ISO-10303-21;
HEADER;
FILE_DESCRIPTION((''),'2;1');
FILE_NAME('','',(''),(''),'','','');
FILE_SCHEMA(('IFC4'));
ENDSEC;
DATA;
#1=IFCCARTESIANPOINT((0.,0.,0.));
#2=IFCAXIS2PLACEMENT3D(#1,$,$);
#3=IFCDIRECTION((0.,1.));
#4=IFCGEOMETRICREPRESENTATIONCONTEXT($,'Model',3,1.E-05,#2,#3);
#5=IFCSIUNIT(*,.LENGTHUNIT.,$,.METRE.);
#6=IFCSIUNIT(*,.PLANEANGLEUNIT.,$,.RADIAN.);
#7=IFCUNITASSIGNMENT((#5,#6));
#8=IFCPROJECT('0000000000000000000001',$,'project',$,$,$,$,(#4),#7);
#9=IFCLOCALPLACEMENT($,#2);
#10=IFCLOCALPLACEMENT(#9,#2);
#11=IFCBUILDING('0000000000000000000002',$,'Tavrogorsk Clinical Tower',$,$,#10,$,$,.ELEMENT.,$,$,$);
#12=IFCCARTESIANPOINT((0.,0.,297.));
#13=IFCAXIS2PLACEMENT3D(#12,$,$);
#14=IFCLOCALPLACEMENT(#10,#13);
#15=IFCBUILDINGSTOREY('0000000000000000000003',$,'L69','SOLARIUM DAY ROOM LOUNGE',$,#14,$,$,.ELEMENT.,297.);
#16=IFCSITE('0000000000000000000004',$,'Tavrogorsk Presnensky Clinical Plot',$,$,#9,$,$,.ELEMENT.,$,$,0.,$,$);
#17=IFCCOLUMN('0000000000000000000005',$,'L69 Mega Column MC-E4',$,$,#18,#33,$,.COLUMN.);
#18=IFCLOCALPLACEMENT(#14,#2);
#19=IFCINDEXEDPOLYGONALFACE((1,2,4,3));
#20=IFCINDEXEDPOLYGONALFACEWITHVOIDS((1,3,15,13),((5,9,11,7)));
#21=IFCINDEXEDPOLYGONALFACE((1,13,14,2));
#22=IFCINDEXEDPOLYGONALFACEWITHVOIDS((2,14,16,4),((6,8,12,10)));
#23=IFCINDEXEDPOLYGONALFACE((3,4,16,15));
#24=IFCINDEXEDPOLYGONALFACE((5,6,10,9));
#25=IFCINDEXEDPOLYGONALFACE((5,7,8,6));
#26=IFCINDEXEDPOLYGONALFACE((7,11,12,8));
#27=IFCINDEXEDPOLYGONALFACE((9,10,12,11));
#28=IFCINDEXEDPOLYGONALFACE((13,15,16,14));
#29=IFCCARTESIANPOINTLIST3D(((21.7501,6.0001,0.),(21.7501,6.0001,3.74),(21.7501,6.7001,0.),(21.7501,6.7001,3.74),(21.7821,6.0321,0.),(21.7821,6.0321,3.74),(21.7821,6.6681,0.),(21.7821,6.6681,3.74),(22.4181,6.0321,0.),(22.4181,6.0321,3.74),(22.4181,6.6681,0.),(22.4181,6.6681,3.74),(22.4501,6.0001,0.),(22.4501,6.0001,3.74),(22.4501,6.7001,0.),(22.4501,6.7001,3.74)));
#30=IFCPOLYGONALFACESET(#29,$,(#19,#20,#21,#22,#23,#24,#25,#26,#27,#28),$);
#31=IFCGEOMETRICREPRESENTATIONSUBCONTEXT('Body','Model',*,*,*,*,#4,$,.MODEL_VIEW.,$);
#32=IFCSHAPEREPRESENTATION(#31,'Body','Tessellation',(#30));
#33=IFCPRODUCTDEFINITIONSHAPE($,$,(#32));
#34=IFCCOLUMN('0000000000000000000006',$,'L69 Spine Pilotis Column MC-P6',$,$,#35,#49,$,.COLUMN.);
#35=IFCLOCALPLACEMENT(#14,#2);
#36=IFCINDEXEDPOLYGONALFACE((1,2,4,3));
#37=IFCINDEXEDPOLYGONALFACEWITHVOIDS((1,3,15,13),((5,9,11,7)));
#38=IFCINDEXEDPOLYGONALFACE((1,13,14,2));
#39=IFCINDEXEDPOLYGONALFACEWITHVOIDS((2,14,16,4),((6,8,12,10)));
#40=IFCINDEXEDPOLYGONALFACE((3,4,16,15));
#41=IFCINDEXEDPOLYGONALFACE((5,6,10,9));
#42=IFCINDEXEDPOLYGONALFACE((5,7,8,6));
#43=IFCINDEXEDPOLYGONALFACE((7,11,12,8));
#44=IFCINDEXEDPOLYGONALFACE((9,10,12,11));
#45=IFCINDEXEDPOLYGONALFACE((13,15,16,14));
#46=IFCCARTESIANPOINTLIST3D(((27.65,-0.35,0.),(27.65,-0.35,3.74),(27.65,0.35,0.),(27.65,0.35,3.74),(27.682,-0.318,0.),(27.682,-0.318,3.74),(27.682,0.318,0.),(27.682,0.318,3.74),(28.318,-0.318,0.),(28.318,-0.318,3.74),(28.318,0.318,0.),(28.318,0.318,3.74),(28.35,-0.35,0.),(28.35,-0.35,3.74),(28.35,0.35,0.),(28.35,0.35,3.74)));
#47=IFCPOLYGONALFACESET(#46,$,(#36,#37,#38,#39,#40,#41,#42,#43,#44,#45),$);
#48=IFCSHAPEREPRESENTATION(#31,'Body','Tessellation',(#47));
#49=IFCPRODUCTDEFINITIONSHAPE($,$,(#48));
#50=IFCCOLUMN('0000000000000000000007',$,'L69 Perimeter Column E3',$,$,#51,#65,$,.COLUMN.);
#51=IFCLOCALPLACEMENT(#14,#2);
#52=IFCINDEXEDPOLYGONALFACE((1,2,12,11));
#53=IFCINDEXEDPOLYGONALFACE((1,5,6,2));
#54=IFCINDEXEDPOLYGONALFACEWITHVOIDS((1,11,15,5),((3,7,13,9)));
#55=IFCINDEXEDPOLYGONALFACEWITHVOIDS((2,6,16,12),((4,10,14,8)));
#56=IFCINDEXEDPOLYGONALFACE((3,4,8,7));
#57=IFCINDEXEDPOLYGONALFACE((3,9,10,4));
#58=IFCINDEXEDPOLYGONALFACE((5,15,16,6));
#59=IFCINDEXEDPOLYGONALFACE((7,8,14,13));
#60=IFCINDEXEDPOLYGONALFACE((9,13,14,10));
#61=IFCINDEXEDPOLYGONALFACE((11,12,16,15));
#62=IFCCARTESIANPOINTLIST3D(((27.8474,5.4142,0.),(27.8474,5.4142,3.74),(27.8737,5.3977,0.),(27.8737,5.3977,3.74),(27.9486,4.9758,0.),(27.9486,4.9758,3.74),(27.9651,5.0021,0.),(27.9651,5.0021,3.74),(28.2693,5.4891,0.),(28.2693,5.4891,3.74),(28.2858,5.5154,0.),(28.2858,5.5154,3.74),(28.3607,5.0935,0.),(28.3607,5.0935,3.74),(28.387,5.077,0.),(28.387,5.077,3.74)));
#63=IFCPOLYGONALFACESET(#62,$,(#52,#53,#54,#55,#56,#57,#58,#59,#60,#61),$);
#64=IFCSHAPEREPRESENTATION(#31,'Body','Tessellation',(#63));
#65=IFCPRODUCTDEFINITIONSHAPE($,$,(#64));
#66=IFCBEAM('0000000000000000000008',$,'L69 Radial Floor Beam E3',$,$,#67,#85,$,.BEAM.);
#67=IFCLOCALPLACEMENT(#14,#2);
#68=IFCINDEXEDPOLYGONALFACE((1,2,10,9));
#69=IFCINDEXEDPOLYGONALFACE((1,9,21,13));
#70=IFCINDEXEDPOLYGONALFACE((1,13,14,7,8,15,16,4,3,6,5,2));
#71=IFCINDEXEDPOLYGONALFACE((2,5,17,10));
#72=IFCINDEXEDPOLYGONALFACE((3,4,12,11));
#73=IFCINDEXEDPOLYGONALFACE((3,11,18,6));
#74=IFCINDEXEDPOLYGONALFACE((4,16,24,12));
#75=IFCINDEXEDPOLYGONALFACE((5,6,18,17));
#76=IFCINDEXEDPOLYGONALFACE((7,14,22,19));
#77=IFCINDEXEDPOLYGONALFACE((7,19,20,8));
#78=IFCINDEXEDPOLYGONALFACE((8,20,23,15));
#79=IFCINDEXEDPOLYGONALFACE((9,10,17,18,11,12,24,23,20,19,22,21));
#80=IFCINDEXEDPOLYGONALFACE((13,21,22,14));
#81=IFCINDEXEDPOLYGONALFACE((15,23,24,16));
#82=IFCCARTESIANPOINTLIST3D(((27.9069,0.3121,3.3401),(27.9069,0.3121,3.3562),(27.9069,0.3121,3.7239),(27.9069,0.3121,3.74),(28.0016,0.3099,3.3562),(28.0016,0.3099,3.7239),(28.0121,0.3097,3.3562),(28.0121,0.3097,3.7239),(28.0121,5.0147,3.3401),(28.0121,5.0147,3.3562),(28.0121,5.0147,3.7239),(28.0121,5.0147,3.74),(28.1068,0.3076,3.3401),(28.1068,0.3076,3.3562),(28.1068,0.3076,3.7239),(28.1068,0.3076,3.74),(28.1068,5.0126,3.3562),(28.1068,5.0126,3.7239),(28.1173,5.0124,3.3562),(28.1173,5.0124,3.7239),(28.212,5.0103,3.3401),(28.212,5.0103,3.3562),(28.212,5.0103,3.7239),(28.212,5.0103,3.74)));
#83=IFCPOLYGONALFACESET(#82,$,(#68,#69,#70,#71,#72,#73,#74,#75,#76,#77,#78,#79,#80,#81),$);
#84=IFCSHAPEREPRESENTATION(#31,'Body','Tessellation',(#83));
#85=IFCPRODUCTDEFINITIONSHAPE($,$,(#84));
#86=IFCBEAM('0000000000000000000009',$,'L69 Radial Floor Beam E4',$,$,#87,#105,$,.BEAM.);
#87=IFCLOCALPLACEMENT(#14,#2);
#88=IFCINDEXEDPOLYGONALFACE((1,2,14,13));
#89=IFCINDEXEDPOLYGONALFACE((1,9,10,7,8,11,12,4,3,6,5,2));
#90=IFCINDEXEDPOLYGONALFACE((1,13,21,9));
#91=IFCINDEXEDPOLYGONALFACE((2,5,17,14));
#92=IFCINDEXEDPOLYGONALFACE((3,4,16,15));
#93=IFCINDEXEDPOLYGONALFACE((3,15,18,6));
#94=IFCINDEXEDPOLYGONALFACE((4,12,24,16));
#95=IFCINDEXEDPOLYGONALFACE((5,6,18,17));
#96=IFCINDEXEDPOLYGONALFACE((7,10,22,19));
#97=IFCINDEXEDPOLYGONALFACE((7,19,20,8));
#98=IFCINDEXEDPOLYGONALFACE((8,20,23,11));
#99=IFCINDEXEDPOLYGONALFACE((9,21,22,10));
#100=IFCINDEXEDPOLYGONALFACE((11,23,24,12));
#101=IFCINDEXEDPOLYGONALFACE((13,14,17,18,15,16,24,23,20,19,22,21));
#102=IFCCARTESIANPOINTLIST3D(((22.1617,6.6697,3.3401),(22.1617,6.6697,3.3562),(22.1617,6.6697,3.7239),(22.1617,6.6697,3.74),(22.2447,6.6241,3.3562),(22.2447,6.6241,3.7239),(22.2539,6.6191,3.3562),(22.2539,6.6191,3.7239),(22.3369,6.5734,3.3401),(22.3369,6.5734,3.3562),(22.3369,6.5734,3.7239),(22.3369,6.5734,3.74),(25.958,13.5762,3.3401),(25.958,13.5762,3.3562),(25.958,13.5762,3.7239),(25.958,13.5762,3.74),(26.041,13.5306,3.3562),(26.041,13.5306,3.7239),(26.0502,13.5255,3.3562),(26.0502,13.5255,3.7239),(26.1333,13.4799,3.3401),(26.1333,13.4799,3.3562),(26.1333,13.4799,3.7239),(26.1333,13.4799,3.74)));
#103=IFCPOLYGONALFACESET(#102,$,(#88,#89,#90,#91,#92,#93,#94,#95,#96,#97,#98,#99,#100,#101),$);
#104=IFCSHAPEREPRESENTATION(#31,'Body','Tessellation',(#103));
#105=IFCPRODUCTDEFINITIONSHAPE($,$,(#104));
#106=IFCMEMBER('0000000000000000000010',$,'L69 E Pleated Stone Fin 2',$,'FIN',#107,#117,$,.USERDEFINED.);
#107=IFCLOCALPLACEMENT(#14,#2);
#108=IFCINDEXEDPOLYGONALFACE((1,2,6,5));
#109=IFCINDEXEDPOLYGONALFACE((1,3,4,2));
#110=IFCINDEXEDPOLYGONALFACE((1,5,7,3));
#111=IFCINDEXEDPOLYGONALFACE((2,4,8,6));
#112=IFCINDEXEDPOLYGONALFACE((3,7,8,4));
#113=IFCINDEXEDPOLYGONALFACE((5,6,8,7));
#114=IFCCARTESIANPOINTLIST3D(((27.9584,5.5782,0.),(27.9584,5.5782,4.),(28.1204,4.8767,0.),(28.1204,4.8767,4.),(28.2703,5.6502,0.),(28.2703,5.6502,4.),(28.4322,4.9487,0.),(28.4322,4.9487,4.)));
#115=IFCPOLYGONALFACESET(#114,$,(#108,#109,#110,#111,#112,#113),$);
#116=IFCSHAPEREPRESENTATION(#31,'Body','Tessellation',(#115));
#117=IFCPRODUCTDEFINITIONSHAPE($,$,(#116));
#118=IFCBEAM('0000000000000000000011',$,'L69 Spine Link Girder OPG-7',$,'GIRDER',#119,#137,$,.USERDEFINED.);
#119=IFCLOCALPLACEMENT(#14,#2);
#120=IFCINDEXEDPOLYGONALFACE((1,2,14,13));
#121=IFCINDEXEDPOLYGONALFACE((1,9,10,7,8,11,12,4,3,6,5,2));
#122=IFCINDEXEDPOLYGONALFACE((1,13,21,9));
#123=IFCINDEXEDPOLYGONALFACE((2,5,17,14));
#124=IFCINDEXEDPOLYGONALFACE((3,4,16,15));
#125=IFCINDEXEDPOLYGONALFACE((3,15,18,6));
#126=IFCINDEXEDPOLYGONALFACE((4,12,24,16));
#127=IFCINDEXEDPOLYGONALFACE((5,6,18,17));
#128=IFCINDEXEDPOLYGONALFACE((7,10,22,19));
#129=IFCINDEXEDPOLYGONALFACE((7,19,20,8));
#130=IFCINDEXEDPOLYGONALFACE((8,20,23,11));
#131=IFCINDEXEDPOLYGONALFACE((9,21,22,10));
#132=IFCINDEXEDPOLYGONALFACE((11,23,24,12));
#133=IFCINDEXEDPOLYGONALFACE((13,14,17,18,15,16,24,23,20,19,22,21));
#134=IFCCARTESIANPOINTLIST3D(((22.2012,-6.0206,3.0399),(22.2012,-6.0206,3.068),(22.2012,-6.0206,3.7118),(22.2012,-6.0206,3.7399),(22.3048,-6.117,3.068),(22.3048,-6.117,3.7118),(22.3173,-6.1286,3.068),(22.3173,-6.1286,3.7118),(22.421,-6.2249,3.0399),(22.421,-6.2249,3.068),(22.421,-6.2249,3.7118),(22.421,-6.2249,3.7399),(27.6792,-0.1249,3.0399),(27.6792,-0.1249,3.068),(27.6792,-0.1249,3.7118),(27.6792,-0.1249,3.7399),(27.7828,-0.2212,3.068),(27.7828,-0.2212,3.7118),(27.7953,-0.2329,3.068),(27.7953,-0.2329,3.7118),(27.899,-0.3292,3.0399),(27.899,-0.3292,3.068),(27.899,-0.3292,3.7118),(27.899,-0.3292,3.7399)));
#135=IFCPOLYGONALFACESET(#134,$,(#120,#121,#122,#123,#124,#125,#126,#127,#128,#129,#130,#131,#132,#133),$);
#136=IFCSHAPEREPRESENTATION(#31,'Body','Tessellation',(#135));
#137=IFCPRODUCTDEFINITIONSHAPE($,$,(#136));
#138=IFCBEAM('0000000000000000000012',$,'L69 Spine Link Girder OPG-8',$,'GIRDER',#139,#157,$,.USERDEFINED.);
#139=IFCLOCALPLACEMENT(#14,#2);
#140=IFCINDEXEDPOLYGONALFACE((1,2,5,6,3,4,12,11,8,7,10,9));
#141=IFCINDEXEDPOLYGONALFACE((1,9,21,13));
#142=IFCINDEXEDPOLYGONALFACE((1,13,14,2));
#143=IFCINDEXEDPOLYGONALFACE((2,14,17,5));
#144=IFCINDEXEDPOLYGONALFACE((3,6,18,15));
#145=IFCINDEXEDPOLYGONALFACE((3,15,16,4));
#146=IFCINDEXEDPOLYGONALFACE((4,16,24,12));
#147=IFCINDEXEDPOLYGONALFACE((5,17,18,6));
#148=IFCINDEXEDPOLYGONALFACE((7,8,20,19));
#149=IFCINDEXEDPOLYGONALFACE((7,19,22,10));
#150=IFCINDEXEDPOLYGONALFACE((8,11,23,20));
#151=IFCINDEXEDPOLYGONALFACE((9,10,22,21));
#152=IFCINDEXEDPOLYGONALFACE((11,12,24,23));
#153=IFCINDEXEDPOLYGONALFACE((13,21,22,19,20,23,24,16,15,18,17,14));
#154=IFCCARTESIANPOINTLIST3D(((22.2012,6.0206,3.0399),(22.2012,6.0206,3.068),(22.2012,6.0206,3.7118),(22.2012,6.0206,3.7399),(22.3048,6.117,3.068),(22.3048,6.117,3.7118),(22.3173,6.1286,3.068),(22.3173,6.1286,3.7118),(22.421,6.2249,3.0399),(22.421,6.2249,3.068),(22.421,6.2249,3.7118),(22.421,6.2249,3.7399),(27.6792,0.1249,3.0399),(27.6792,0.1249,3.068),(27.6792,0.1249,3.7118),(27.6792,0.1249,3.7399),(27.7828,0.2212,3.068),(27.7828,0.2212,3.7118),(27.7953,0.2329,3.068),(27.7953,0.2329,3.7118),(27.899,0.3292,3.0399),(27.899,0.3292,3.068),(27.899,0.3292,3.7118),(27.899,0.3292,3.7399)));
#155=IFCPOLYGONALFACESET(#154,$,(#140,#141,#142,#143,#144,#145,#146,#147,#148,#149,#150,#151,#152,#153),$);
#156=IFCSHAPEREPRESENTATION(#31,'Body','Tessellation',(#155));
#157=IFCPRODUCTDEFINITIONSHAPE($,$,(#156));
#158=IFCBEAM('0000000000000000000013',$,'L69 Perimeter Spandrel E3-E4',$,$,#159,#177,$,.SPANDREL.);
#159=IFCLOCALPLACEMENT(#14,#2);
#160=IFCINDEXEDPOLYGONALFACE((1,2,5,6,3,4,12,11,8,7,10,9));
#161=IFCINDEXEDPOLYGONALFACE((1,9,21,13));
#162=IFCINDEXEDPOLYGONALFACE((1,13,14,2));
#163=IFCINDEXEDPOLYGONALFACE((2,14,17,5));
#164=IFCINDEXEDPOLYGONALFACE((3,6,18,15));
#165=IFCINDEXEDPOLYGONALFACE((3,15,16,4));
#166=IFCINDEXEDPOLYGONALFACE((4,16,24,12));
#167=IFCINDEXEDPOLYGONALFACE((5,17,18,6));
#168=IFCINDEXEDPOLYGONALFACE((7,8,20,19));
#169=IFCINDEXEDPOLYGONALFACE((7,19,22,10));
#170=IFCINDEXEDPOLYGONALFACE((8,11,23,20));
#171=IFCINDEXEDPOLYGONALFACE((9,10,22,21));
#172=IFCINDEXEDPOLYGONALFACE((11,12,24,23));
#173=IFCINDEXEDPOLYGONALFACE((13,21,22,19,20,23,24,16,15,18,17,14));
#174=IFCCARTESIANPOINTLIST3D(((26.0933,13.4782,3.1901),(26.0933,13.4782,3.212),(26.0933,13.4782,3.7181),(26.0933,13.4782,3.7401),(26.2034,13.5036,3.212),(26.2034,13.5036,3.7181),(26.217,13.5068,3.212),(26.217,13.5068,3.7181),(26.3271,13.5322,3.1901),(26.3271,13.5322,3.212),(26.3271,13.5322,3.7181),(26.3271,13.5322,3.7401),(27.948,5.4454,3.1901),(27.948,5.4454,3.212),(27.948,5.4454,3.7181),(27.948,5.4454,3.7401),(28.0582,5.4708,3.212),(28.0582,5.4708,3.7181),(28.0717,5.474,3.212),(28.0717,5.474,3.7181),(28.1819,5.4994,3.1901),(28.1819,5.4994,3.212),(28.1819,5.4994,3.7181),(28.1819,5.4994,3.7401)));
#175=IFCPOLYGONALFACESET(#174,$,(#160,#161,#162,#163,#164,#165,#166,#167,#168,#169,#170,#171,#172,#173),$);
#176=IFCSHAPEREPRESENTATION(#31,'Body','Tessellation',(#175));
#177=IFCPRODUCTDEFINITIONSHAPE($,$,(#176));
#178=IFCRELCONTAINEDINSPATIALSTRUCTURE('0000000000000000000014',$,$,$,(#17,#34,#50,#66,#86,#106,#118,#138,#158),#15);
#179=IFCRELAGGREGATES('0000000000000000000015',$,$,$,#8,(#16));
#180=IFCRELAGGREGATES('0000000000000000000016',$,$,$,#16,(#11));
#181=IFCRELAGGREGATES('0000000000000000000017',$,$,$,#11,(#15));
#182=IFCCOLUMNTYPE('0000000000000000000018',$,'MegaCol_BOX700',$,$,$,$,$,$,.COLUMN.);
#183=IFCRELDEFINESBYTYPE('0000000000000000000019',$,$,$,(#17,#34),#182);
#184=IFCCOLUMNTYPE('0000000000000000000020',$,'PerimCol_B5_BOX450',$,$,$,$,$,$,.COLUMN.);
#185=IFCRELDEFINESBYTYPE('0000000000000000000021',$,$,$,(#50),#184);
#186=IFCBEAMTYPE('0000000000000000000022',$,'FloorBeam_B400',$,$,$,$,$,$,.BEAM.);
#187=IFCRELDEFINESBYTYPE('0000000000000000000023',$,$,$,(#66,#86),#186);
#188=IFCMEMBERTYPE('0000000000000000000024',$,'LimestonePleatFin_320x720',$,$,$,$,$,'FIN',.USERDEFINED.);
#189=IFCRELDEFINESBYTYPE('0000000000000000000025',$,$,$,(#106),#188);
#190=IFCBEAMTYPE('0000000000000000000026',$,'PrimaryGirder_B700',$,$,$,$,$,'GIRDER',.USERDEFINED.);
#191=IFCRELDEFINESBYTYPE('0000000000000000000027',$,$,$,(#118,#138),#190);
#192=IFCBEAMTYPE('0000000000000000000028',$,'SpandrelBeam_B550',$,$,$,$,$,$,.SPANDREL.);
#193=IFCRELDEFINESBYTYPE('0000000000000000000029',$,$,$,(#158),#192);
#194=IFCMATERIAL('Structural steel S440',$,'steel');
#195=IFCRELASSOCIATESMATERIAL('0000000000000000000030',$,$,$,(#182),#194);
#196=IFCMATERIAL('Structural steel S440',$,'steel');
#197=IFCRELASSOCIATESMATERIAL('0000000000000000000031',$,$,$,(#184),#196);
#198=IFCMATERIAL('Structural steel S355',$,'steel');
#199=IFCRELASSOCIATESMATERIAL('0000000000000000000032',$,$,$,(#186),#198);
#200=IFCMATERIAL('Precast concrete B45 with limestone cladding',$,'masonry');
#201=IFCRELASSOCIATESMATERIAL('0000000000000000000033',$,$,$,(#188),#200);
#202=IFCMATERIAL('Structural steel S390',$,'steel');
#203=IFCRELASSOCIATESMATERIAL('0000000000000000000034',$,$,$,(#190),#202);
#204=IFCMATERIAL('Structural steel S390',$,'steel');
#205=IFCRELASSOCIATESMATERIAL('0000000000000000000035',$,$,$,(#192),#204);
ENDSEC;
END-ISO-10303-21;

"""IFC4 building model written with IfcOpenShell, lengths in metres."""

from ifc_helpers import new_model, si_unit, direction, frame, origin, origin_2d, place, context, subcontext, project, spatial, rectangle, hollow_rectangle, i_section, extrude, material, material_profile, profile_set, type_object, element, save


model = new_model("IFC4")

# Units and contexts
model_context = context("Model", 3, precision=1e-05, world=origin(), true_north=direction((0.0, 1.0)))
body_context = subcontext(model_context, "Body", "Model", "MODEL_VIEW")
ifc_project = project(units=[si_unit("LENGTHUNIT", "METRE"), si_unit("PLANEANGLEUNIT", "RADIAN")], contexts=[model_context])

# Site, building, storey
site_placement = place(None, origin())
site = spatial("IfcSite", under=ifc_project, at=site_placement, Name="Tavrogorsk Presnensky Clinical Plot", CompositionType="ELEMENT", RefElevation=0.0)
building_placement = place(site_placement, origin())
building = spatial("IfcBuilding", under=site, at=building_placement, Name="Tavrogorsk Clinical Tower", CompositionType="ELEMENT")
storey_placement = place(building_placement, frame((0.0, 0.0, 297.0)))
storey = spatial("IfcBuildingStorey", under=building, at=storey_placement, Name="L69", Description="SOLARIUM DAY ROOM LOUNGE", CompositionType="ELEMENT", Elevation=297.0)

# Columns
ifc_material_1 = material(Name="Structural steel S440", Category="steel")
ifc_material_profile_1 = material_profile(ifc_material_1, hollow_rectangle(XDim=0.7, YDim=0.7, WallThickness=0.032, at=origin_2d()), Name="BOX-700x700x32")
ifc_profile_set_1 = profile_set([ifc_material_profile_1], Name="Structural steel S440")
column_type_1 = type_object("IfcColumnType", Name="MegaCol_BOX700", PredefinedType="COLUMN", material=ifc_profile_set_1)
for number, where, z_axis, x_axis, name in (
    (1, (22.1001, 6.3501, 0.0), (0.0, 0.0, 1.0), (1.0, 0.0, 0.0), "L69 Mega Column MC-E4"),
    (2, (28.0, 0.0, 0.0), (0.0, 0.0, 1.0), (1.0, 0.0, 0.0), "L69 Spine Pilotis Column MC-P6"),
):
    element("IfcColumn", number, at=place(storey_placement, frame(where, z_axis=z_axis, x_axis=x_axis)), inside=storey, type_object=column_type_1, Name=name, PredefinedType="COLUMN", context=body_context, shape_type="SweptSolid", body=[
        extrude(hollow_rectangle(XDim=0.7, YDim=0.7, WallThickness=0.032, at=origin_2d()), origin(), (0.0, 0.0, 1.0), 3.74),
    ])
ifc_material_2 = material(Name="Structural steel S440", Category="steel")
ifc_material_profile_2 = material_profile(ifc_material_2, hollow_rectangle(XDim=0.45, YDim=0.45, WallThickness=0.022, at=origin_2d()), Name="BOX-450x450x22")
ifc_profile_set_2 = profile_set([ifc_material_profile_2], Name="Structural steel S440")
column_type_2 = type_object("IfcColumnType", Name="PerimCol_B5_BOX450", PredefinedType="COLUMN", material=ifc_profile_set_2)
column_placement = place(storey_placement, frame((28.1172, 5.2456, 0.0), z_axis=(0.0, 0.0, 1.0), x_axis=(0.97437, 0.224951, 0.0)))
element("IfcColumn", 3, at=column_placement, inside=storey, type_object=column_type_2, Name="L69 Perimeter Column E3", PredefinedType="COLUMN", context=body_context, shape_type="SweptSolid", body=[
    extrude(hollow_rectangle(XDim=0.45, YDim=0.45, WallThickness=0.022, at=origin_2d()), origin(), (0.0, 0.0, 1.0), 3.74),
])

# Beams
ifc_material_3 = material(Name="Structural steel S355", Category="steel")
ifc_material_profile_3 = material_profile(ifc_material_3, i_section(OverallWidth=0.2, OverallDepth=0.3999, WebThickness=0.0105, FlangeThickness=0.0161, at=origin_2d()), Name="B-400x200x10.5x16")
ifc_profile_set_3 = profile_set([ifc_material_profile_3], Name="Structural steel S355")
beam_type_1 = type_object("IfcBeamType", Name="FloorBeam_B400", PredefinedType="BEAM", material=ifc_profile_set_3)
beam_1_placement = place(storey_placement, frame((28.0068, 0.3098, 3.54), z_axis=(0.02237, 0.99975, 0.0), x_axis=(-0.99975, 0.02237, 0.0)))
element("IfcBeam", 4, at=beam_1_placement, inside=storey, type_object=beam_type_1, Name="L69 Radial Floor Beam E3", PredefinedType="BEAM", context=body_context, shape_type="SweptSolid", body=[
    extrude(i_section(OverallWidth=0.2, OverallDepth=0.3999, WebThickness=0.0105, FlangeThickness=0.0161, at=origin_2d()), origin(), (0.0, 0.0, 1.0), 4.7039),
])
beam_2_placement = place(storey_placement, frame((22.2493, 6.6216, 3.54), z_axis=(0.481706, 0.876333, 0.0), x_axis=(-0.876333, 0.481706, 0.0)))
element("IfcBeam", 5, at=beam_2_placement, inside=storey, type_object=beam_type_1, Name="L69 Radial Floor Beam E4", PredefinedType="BEAM", context=body_context, shape_type="SweptSolid", body=[
    extrude(i_section(OverallWidth=0.2, OverallDepth=0.3999, WebThickness=0.0105, FlangeThickness=0.0161, at=origin_2d()), origin(), (0.0, 0.0, 1.0), 7.8811),
])

# Member
ifc_material_4 = material(Name="Precast concrete B45 with limestone cladding", Category="masonry")
ifc_material_profile_4 = material_profile(ifc_material_4, rectangle(XDim=0.3201, YDim=0.72, at=origin_2d()), Name="LIMESTONE-FIN-320x720")
ifc_profile_set_4 = profile_set([ifc_material_profile_4], Name="Precast concrete B45 with limestone cladding")
member_type = type_object("IfcMemberType", Name="LimestonePleatFin_320x720", ElementType="FIN", PredefinedType="USERDEFINED", material=ifc_profile_set_4)
member_placement = place(storey_placement, frame((28.1953, 5.2634, 0.0), z_axis=(0.0, 0.0, 1.0), x_axis=(0.97437, 0.224951, 0.0)))
element("IfcMember", 6, at=member_placement, inside=storey, type_object=member_type, Name="L69 E Pleated Stone Fin 2", ObjectType="FIN", PredefinedType="USERDEFINED", context=body_context, shape_type="SweptSolid", body=[
    extrude(rectangle(XDim=0.3201, YDim=0.72, at=origin_2d()), origin(), (0.0, 0.0, 1.0), 4.0),
])

# Beams
ifc_material_5 = material(Name="Structural steel S390", Category="steel")
ifc_material_profile_5 = material_profile(ifc_material_5, i_section(OverallWidth=0.3, OverallDepth=0.7, WebThickness=0.0171, FlangeThickness=0.0281, at=origin_2d()), Name="B-700x300x17x28")
ifc_profile_set_5 = profile_set([ifc_material_profile_5], Name="Structural steel S390")
beam_type_2 = type_object("IfcBeamType", Name="PrimaryGirder_B700", ElementType="GIRDER", PredefinedType="USERDEFINED", material=ifc_profile_set_5)
for number, where, z_axis, x_axis, name in (
    (7, (27.7891, -0.2271, 3.3899), (-0.680678, -0.732583, 0.0), (0.732583, -0.680678, 0.0), "L69 Spine Link Girder OPG-7"),
    (8, (27.7891, 0.2271, 3.3899), (-0.680678, 0.732583, 0.0), (-0.732583, -0.680678, 0.0), "L69 Spine Link Girder OPG-8"),
):
    element("IfcBeam", number, at=place(storey_placement, frame(where, z_axis=z_axis, x_axis=x_axis)), inside=storey, type_object=beam_type_2, Name=name, ObjectType="GIRDER", PredefinedType="USERDEFINED", context=body_context, shape_type="SweptSolid", body=[
        extrude(i_section(OverallWidth=0.3, OverallDepth=0.7, WebThickness=0.0171, FlangeThickness=0.0281, at=origin_2d()), origin(), (0.0, 0.0, 1.0), 8.0479),
    ])
ifc_material_6 = material(Name="Structural steel S390", Category="steel")
ifc_material_profile_6 = material_profile(ifc_material_6, i_section(OverallWidth=0.24, OverallDepth=0.55, WebThickness=0.0139, FlangeThickness=0.022, at=origin_2d()), Name="B-550x240x14x22")
ifc_profile_set_6 = profile_set([ifc_material_profile_6], Name="Structural steel S390")
beam_type_3 = type_object("IfcBeamType", Name="SpandrelBeam_B550", PredefinedType="SPANDREL", material=ifc_profile_set_6)
beam_3_placement = place(storey_placement, frame((28.0649, 5.4724, 3.4651), z_axis=(-0.224978, 0.974364, 0.0), x_axis=(-0.974364, -0.224978, 0.0)))
element("IfcBeam", 9, at=beam_3_placement, inside=storey, type_object=beam_type_3, Name="L69 Perimeter Spandrel E3-E4", PredefinedType="SPANDREL", context=body_context, shape_type="SweptSolid", body=[
    extrude(i_section(OverallWidth=0.24, OverallDepth=0.55, WebThickness=0.0139, FlangeThickness=0.022, at=origin_2d()), origin(), (0.0, 0.0, 1.0), 8.2441),
])

save(model, "model.ifc")
